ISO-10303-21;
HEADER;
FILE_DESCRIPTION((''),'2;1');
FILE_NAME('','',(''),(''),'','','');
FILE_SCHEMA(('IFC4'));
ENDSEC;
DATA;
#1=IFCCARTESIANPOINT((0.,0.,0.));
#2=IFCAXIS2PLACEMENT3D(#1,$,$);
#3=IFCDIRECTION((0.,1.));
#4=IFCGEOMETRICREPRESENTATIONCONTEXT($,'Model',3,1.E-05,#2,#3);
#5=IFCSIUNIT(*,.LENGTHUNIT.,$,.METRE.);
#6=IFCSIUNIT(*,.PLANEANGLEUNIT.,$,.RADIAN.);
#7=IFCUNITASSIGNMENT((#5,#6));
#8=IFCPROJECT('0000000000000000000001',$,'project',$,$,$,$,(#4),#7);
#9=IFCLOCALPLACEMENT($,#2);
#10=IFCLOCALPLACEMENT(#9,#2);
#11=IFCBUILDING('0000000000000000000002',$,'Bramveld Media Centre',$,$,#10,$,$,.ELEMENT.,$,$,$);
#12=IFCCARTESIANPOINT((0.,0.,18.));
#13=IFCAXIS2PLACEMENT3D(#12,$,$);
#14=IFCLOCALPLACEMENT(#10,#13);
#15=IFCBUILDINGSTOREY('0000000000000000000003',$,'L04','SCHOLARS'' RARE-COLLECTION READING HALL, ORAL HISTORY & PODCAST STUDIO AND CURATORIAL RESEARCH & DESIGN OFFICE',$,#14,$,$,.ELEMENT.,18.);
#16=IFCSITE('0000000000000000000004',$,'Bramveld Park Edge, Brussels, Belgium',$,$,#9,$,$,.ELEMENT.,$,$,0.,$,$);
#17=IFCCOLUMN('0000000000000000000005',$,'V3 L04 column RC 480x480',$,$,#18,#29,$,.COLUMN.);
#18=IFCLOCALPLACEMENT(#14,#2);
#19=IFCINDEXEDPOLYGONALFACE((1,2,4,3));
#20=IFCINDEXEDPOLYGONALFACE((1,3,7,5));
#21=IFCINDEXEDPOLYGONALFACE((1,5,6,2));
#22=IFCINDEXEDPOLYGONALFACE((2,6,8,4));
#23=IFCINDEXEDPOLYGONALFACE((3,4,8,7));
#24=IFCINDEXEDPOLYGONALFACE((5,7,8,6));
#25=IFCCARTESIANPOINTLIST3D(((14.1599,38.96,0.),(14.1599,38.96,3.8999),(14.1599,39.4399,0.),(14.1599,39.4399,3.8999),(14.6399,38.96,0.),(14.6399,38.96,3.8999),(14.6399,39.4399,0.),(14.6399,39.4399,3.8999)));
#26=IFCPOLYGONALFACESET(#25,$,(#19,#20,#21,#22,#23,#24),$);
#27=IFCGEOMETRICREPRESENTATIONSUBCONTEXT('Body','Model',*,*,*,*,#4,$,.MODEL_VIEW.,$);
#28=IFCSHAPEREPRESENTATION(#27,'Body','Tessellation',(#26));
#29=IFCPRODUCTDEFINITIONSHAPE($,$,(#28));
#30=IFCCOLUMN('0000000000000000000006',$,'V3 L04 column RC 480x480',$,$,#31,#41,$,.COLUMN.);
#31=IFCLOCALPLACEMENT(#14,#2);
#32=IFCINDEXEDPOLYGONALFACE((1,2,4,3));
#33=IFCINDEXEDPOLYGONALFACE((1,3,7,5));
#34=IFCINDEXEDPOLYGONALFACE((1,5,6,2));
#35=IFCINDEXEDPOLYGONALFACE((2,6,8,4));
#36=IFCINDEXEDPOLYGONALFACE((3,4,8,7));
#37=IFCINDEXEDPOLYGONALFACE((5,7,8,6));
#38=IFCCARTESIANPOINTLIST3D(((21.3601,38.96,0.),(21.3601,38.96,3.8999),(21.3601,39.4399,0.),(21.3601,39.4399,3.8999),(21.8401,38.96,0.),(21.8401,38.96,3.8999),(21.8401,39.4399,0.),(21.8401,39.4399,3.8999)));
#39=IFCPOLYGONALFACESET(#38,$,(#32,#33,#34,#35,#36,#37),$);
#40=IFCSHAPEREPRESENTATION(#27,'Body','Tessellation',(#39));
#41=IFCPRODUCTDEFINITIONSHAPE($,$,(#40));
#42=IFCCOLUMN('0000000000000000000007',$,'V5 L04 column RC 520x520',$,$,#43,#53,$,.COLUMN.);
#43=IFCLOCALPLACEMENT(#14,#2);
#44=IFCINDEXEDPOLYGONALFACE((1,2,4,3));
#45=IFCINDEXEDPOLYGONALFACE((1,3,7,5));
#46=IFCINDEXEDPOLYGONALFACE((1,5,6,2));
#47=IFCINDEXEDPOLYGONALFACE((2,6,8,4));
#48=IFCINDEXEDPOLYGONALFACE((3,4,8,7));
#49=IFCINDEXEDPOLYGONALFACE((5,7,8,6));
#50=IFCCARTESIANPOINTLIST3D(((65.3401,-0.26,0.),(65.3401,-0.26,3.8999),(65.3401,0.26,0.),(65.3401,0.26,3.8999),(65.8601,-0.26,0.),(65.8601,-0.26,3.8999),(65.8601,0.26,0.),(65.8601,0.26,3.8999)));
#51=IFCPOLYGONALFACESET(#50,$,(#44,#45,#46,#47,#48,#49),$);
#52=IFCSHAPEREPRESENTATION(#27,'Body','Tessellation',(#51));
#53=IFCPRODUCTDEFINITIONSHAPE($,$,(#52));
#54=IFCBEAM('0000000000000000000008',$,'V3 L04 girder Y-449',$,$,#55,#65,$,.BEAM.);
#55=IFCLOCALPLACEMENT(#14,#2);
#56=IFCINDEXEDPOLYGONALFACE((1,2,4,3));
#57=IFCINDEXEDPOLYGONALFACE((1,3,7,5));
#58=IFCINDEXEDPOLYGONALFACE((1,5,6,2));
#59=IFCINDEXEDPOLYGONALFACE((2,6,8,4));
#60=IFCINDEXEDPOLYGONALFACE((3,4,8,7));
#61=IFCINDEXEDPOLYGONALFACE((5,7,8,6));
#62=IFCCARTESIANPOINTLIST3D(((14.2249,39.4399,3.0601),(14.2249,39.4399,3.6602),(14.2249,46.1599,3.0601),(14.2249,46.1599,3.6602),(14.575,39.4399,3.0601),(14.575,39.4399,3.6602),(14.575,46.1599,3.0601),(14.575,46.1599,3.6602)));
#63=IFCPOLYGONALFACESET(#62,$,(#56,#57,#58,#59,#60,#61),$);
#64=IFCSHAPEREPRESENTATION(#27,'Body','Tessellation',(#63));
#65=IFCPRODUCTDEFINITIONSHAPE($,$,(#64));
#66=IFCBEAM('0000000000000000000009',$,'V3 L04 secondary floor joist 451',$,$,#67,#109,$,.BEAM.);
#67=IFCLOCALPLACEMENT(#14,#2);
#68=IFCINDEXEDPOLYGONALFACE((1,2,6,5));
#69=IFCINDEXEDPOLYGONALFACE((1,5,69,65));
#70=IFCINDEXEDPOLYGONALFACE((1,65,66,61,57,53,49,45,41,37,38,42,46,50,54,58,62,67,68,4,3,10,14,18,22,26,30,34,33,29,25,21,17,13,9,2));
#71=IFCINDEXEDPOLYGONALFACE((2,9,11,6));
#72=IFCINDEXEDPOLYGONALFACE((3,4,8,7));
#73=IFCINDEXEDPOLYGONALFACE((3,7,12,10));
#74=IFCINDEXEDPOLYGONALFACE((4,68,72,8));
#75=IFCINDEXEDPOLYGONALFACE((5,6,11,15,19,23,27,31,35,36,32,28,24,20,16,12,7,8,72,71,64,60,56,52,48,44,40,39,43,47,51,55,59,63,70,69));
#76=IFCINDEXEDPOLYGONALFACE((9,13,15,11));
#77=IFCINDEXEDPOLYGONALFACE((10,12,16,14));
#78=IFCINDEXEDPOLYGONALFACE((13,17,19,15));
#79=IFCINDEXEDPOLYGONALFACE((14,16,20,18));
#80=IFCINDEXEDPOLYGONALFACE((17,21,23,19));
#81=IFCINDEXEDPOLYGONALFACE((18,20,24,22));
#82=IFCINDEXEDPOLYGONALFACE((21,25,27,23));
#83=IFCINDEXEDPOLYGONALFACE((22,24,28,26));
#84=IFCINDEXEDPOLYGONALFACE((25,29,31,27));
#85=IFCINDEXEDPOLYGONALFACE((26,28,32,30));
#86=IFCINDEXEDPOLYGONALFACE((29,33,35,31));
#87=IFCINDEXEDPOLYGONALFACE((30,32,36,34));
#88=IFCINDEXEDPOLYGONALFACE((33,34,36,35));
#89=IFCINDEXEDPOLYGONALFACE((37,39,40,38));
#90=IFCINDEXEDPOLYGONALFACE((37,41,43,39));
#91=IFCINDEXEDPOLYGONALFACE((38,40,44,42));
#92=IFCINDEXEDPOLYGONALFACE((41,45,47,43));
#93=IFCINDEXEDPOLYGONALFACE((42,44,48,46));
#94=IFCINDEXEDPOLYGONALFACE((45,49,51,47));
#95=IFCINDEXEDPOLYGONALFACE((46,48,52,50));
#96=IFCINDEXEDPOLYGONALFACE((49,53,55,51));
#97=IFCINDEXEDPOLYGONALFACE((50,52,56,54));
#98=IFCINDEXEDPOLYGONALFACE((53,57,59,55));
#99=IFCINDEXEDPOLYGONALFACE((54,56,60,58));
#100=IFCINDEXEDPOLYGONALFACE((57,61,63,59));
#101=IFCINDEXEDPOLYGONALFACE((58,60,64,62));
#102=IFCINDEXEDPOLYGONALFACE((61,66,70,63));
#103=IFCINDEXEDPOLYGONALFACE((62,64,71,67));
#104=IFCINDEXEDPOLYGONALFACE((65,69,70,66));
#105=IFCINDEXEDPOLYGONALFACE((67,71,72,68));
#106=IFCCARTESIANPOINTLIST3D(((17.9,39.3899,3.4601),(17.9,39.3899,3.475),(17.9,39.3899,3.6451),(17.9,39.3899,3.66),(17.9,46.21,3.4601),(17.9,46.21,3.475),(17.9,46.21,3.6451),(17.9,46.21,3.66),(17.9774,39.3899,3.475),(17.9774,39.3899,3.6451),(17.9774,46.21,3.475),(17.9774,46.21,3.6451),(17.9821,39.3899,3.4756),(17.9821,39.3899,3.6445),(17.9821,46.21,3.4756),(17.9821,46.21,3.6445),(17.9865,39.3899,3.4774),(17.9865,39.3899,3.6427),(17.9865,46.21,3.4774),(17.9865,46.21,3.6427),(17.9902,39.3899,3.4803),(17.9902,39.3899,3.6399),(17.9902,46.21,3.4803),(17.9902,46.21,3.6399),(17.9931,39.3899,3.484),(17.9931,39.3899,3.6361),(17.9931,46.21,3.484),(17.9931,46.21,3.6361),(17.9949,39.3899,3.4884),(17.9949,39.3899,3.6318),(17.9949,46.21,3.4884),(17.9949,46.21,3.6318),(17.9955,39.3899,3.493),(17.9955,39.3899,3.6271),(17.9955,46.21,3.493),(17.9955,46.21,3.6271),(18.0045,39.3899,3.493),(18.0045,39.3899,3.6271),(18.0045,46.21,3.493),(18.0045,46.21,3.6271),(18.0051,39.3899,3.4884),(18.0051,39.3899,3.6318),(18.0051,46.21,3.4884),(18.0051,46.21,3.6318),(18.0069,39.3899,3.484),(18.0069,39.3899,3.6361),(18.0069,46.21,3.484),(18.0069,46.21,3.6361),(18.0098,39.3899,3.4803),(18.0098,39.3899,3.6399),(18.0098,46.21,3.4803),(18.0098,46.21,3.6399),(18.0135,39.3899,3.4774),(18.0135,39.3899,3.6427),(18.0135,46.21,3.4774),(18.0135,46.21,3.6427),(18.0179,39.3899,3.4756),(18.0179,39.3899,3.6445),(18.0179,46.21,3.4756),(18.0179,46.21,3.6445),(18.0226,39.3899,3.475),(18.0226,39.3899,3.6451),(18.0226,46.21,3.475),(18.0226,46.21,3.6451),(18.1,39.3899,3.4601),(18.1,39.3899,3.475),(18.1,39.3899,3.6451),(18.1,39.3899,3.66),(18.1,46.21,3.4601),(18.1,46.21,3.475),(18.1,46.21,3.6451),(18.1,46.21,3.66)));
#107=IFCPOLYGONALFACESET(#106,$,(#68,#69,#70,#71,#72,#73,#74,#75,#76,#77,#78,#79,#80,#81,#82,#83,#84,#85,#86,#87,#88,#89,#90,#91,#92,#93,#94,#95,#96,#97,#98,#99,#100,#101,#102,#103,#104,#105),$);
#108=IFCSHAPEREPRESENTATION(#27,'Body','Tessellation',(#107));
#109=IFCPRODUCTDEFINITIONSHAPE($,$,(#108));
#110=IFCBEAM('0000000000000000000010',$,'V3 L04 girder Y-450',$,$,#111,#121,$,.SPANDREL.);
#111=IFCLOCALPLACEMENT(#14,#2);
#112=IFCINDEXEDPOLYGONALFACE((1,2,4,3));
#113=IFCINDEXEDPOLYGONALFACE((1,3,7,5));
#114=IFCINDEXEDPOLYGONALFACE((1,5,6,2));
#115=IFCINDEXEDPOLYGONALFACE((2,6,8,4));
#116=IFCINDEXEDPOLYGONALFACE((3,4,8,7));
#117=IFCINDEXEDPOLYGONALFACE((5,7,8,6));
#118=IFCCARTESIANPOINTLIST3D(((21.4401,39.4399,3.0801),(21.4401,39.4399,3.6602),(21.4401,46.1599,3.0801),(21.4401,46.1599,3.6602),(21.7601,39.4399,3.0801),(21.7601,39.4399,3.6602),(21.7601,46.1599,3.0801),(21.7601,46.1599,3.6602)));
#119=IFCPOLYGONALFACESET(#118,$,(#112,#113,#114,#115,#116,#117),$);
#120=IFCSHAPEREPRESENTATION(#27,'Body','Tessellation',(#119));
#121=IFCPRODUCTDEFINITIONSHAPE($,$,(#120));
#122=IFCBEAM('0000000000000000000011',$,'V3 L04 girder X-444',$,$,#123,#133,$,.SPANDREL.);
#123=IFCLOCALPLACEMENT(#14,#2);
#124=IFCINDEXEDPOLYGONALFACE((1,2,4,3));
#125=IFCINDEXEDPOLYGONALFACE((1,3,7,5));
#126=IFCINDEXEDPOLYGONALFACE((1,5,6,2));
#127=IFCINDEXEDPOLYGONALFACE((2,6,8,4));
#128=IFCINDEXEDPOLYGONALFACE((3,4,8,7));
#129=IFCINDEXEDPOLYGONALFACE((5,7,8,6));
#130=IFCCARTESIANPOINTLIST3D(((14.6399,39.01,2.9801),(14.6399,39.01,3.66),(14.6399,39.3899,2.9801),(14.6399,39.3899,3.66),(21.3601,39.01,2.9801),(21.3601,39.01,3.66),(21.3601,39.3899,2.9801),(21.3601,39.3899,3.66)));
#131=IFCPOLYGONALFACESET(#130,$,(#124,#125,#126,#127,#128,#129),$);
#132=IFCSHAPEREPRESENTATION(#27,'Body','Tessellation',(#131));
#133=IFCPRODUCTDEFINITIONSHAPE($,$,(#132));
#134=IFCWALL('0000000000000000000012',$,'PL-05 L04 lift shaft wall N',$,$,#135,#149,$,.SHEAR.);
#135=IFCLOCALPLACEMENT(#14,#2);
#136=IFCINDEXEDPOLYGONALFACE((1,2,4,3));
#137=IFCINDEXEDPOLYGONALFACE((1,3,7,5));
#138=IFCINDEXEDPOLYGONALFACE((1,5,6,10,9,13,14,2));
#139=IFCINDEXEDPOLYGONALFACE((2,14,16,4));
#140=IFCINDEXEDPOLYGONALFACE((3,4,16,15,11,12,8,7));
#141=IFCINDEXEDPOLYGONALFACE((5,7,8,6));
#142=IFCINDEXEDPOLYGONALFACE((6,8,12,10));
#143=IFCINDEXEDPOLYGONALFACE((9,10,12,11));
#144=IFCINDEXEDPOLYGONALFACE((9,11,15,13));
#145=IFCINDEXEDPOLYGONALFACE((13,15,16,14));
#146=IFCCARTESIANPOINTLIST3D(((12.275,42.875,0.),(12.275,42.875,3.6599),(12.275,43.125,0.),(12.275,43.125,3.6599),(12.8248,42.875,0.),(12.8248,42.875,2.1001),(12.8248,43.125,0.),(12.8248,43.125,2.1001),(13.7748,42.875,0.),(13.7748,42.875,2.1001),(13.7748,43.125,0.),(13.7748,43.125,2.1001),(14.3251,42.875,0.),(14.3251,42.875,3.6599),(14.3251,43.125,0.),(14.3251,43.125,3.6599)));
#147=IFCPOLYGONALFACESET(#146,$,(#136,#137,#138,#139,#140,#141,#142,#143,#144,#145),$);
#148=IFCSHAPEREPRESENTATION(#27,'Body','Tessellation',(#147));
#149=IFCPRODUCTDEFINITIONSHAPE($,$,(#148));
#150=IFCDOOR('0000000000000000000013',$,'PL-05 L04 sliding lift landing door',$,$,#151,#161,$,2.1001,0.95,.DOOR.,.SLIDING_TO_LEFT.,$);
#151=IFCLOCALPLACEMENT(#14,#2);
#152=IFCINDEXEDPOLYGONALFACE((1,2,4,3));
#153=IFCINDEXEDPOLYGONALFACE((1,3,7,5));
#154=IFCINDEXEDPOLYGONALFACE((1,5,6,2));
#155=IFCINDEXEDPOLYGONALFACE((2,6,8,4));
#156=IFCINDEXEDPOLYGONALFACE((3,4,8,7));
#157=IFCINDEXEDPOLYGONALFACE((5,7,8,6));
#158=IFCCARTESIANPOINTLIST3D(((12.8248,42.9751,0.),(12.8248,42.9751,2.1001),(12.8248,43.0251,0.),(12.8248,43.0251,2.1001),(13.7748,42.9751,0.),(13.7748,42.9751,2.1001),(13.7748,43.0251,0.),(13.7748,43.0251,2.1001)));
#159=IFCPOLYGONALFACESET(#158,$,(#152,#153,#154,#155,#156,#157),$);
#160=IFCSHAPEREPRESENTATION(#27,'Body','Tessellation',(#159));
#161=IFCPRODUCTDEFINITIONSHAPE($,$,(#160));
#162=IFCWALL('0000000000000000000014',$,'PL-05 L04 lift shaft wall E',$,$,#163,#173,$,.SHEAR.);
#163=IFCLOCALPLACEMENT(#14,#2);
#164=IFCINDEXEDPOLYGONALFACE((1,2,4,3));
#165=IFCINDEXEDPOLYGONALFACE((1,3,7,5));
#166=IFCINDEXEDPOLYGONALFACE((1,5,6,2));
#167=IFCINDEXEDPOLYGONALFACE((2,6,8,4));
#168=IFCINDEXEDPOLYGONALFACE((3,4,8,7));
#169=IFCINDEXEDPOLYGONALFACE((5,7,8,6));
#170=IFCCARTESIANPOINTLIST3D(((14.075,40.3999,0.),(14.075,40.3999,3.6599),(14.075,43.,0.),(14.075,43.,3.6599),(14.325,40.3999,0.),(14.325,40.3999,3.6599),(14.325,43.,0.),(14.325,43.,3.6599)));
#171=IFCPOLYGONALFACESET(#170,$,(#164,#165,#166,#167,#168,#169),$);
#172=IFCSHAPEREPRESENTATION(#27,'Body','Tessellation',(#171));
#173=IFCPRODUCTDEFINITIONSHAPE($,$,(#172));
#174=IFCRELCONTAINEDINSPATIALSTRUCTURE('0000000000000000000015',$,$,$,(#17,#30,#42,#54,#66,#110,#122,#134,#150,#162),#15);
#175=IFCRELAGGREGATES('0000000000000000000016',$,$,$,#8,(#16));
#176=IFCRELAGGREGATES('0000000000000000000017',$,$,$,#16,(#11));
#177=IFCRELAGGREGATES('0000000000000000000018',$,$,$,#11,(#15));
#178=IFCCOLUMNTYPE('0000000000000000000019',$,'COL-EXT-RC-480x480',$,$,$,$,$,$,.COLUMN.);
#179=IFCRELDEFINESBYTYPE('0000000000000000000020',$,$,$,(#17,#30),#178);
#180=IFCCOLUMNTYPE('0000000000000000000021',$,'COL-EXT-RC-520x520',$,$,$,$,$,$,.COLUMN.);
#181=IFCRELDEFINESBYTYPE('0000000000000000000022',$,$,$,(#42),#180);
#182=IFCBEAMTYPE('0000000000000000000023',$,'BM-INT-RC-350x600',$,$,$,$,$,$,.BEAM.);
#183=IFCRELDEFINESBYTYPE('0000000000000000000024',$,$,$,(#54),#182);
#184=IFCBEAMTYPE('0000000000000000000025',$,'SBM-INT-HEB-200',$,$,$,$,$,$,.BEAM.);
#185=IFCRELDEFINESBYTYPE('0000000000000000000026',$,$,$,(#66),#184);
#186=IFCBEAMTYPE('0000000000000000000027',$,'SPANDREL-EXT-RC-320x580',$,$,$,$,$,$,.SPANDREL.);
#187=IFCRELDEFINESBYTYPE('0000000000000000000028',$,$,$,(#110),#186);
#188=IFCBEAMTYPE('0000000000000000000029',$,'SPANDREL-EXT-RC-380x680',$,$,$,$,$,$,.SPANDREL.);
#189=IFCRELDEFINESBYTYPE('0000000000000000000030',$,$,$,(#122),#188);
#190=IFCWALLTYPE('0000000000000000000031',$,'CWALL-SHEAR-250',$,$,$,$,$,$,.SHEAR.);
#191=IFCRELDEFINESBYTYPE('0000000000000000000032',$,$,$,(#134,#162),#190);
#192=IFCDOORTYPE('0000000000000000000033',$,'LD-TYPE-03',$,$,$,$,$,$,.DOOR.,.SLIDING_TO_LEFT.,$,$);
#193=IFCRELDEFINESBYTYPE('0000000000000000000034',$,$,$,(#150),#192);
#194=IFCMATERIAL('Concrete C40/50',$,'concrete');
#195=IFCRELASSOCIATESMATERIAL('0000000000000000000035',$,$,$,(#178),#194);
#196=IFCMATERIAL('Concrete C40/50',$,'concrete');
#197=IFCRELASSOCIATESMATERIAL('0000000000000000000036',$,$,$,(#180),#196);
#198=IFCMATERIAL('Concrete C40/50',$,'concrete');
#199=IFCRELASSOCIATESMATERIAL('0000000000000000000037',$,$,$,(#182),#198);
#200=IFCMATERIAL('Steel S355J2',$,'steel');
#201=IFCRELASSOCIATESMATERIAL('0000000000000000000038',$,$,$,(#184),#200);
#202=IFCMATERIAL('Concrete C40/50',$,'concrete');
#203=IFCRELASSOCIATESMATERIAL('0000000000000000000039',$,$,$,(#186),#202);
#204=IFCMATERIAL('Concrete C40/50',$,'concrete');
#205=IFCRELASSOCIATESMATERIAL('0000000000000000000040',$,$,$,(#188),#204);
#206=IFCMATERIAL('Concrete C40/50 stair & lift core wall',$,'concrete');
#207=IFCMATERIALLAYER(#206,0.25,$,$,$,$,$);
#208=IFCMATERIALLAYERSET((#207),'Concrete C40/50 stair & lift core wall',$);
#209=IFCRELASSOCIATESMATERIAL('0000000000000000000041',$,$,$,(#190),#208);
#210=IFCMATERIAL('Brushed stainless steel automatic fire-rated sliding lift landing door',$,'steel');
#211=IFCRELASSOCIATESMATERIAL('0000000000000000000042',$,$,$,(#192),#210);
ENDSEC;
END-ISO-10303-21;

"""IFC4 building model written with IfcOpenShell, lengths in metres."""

from ifc_helpers import new_model, si_unit, direction, frame, frame_2d, origin, origin_2d, place, context, subcontext, project, spatial, rectangle, i_section, extrude, material, layer, layer_set, material_profile, profile_set, type_object, element, fill, save


model = new_model("IFC4")

# Units and contexts
model_context = context("Model", 3, precision=1e-05, world=origin(), true_north=direction((0.0, 1.0)))
body_context = subcontext(model_context, "Body", "Model", "MODEL_VIEW")
ifc_project = project(units=[si_unit("LENGTHUNIT", "METRE"), si_unit("PLANEANGLEUNIT", "RADIAN")], contexts=[model_context])

# Site, building, storey
site_placement = place(None, origin())
site = spatial("IfcSite", under=ifc_project, at=site_placement, Name="Bramveld Park Edge, Brussels, Belgium", CompositionType="ELEMENT", RefElevation=0.0)
building_placement = place(site_placement, origin())
building = spatial("IfcBuilding", under=site, at=building_placement, Name="Bramveld Media Centre", CompositionType="ELEMENT")
storey_placement = place(building_placement, frame((0.0, 0.0, 18.0)))
storey = spatial("IfcBuildingStorey", under=building, at=storey_placement, Name="L04", Description="SCHOLARS' RARE-COLLECTION READING HALL, ORAL HISTORY & PODCAST STUDIO AND CURATORIAL RESEARCH & DESIGN OFFICE", CompositionType="ELEMENT", Elevation=18.0)

# Columns
ifc_material_1 = material(Name="Concrete C40/50", Category="concrete")
ifc_material_profile_1 = material_profile(ifc_material_1, rectangle(XDim=0.48, YDim=0.48, at=origin_2d()), Name="RC 480x480")
ifc_profile_set_1 = profile_set([ifc_material_profile_1], Name="Concrete C40/50")
column_type_1 = type_object("IfcColumnType", Name="COL-EXT-RC-480x480", PredefinedType="COLUMN", material=ifc_profile_set_1)
for number, where, z_axis, x_axis, name in (
    (1, (14.3999, 39.2, 0.0), (0.0, 0.0, 1.0), (1.0, 0.0, 0.0), "V3 L04 column RC 480x480"),
    (2, (21.6001, 39.2, 0.0), (0.0, 0.0, 1.0), (1.0, 0.0, 0.0), "V3 L04 column RC 480x480"),
):
    element("IfcColumn", number, at=place(storey_placement, frame(where, z_axis=z_axis, x_axis=x_axis)), inside=storey, type_object=column_type_1, Name=name, PredefinedType="COLUMN", context=body_context, shape_type="SweptSolid", body=[
        extrude(rectangle(XDim=0.48, YDim=0.48, at=origin_2d()), origin(), (0.0, 0.0, 1.0), 3.8999),
    ])
ifc_material_2 = material(Name="Concrete C40/50", Category="concrete")
ifc_material_profile_2 = material_profile(ifc_material_2, rectangle(XDim=0.52, YDim=0.52, at=origin_2d()), Name="RC 520x520")
ifc_profile_set_2 = profile_set([ifc_material_profile_2], Name="Concrete C40/50")
column_type_2 = type_object("IfcColumnType", Name="COL-EXT-RC-520x520", PredefinedType="COLUMN", material=ifc_profile_set_2)
column_placement = place(storey_placement, frame((65.6001, 0.0, 0.0), z_axis=(0.0, 0.0, 1.0), x_axis=(1.0, 0.0, 0.0)))
element("IfcColumn", 3, at=column_placement, inside=storey, type_object=column_type_2, Name="V5 L04 column RC 520x520", PredefinedType="COLUMN", context=body_context, shape_type="SweptSolid", body=[
    extrude(rectangle(XDim=0.52, YDim=0.52, at=origin_2d()), origin(), (0.0, 0.0, 1.0), 3.8999),
])

# Beams
ifc_material_3 = material(Name="Concrete C40/50", Category="concrete")
ifc_material_profile_3 = material_profile(ifc_material_3, rectangle(XDim=0.3501, YDim=0.6001, at=origin_2d()), Name="RC 350x600")
ifc_profile_set_3 = profile_set([ifc_material_profile_3], Name="Concrete C40/50")
beam_type_1 = type_object("IfcBeamType", Name="BM-INT-RC-350x600", PredefinedType="BEAM", material=ifc_profile_set_3)
beam_1_placement = place(storey_placement, frame((14.3999, 39.4399, 3.3601), z_axis=(0.0, 1.0, 0.0), x_axis=(-1.0, 0.0, 0.0)))
element("IfcBeam", 4, at=beam_1_placement, inside=storey, type_object=beam_type_1, Name="V3 L04 girder Y-449", PredefinedType="BEAM", context=body_context, shape_type="SweptSolid", body=[
    extrude(rectangle(XDim=0.3501, YDim=0.6001, at=origin_2d()), origin(), (0.0, 0.0, 1.0), 6.72),
])
ifc_material_4 = material(Name="Steel S355J2", Category="steel")
ifc_material_profile_4 = material_profile(ifc_material_4, i_section(OverallWidth=0.2, OverallDepth=0.2, WebThickness=0.009, FlangeThickness=0.0149, FilletRadius=0.0181, at=origin_2d()), Name="HEB 200")
ifc_profile_set_4 = profile_set([ifc_material_profile_4], Name="Steel S355J2")
beam_type_2 = type_object("IfcBeamType", Name="SBM-INT-HEB-200", PredefinedType="BEAM", material=ifc_profile_set_4)
beam_2_placement = place(storey_placement, frame((18.0, 39.3899, 3.5601), z_axis=(0.0, 1.0, 0.0), x_axis=(-1.0, 0.0, 0.0)))
element("IfcBeam", 5, at=beam_2_placement, inside=storey, type_object=beam_type_2, Name="V3 L04 secondary floor joist 451", PredefinedType="BEAM", context=body_context, shape_type="SweptSolid", body=[
    extrude(i_section(OverallWidth=0.2, OverallDepth=0.2, WebThickness=0.009, FlangeThickness=0.0149, FilletRadius=0.0181, at=origin_2d()), origin(), (0.0, 0.0, 1.0), 6.8201),
])
ifc_material_5 = material(Name="Concrete C40/50", Category="concrete")
ifc_material_profile_5 = material_profile(ifc_material_5, rectangle(XDim=0.3201, YDim=0.5801, at=origin_2d()), Name="RC 320x580")
ifc_profile_set_5 = profile_set([ifc_material_profile_5], Name="Concrete C40/50")
beam_type_3 = type_object("IfcBeamType", Name="SPANDREL-EXT-RC-320x580", PredefinedType="SPANDREL", material=ifc_profile_set_5)
beam_3_placement = place(storey_placement, frame((21.6001, 39.4399, 3.3701), z_axis=(0.0, 1.0, 0.0), x_axis=(-1.0, 0.0, 0.0)))
element("IfcBeam", 6, at=beam_3_placement, inside=storey, type_object=beam_type_3, Name="V3 L04 girder Y-450", PredefinedType="SPANDREL", context=body_context, shape_type="SweptSolid", body=[
    extrude(rectangle(XDim=0.3201, YDim=0.5801, at=origin_2d()), origin(), (0.0, 0.0, 1.0), 6.72),
])
ifc_material_6 = material(Name="Concrete C40/50", Category="concrete")
ifc_material_profile_6 = material_profile(ifc_material_6, rectangle(XDim=0.3799, YDim=0.6799, at=origin_2d()), Name="RC 380x680")
ifc_profile_set_6 = profile_set([ifc_material_profile_6], Name="Concrete C40/50")
beam_type_4 = type_object("IfcBeamType", Name="SPANDREL-EXT-RC-380x680", PredefinedType="SPANDREL", material=ifc_profile_set_6)
beam_4_placement = place(storey_placement, frame((14.6399, 39.2, 3.3201), z_axis=(1.0, 0.0, 0.0), x_axis=(0.0, 1.0, 0.0)))
element("IfcBeam", 7, at=beam_4_placement, inside=storey, type_object=beam_type_4, Name="V3 L04 girder X-444", PredefinedType="SPANDREL", context=body_context, shape_type="SweptSolid", body=[
    extrude(rectangle(XDim=0.3799, YDim=0.6799, at=origin_2d()), origin(), (0.0, 0.0, 1.0), 6.7202),
])

# Wall, opening, door
ifc_material_7 = material(Name="Concrete C40/50 stair & lift core wall", Category="concrete")
ifc_layer_1 = layer(ifc_material_7, 0.25)
ifc_layer_set_1 = layer_set([ifc_layer_1], Name="Concrete C40/50 stair & lift core wall")
wall_type_1 = type_object("IfcWallType", Name="CWALL-SHEAR-250", PredefinedType="SHEAR", material=ifc_layer_set_1)
wall_1_placement = place(storey_placement, frame((14.325, 43.0, 0.0), z_axis=(0.0, 0.0, 1.0), x_axis=(-1.0, 0.0, 0.0)))
wall_1 = element("IfcWall", 8, at=wall_1_placement, inside=storey, type_object=wall_type_1, Name="PL-05 L04 lift shaft wall N", PredefinedType="SHEAR", context=body_context, shape_type="SweptSolid", body=[
    extrude(rectangle(XDim=2.05, YDim=0.25, at=frame_2d((1.0249, 0.0))), origin(), (0.0, 0.0, 1.0), 3.6599),
])
opening_1_placement = place(wall_1_placement, frame((0.55, 0.0, 0.0)))
opening_1 = element("IfcOpeningElement", 9, at=opening_1_placement, cuts=wall_1, PredefinedType="OPENING", context=body_context, shape_type="SweptSolid", body=[
    extrude(rectangle(XDim=0.95, YDim=2.1001, at=frame_2d((0.4751, 1.05))), frame((0.0, 0.137, 0.0), z_axis=(0.0, -1.0, 0.0), x_axis=(1.0, 0.0, 0.0)), (0.0, 0.0, 1.0), 0.2739),
])
ifc_material_8 = material(Name="Brushed stainless steel automatic fire-rated sliding lift landing door", Category="steel")
door_type_1 = type_object("IfcDoorType", Name="LD-TYPE-03", OperationType="SLIDING_TO_LEFT", PredefinedType="DOOR", material=ifc_material_8)
door_1_placement = place(opening_1_placement, origin())
door_1 = element("IfcDoor", 10, at=door_1_placement, inside=storey, type_object=door_type_1, Name="PL-05 L04 sliding lift landing door", OperationType="SLIDING_TO_LEFT", OverallHeight=2.1001, OverallWidth=0.95, PredefinedType="DOOR", context=body_context, shape_type="SweptSolid", body=[
    extrude(rectangle(XDim=0.95, YDim=2.1001, at=frame_2d((0.4751, 1.05))), frame((0.0, 0.0249, 0.0), z_axis=(0.0, -1.0, 0.0), x_axis=(1.0, 0.0, 0.0)), (0.0, 0.0, 1.0), 0.05),
])
fill(opening_1, door_1)

# Wall
wall_2_placement = place(storey_placement, frame((14.2, 40.3999, 0.0), z_axis=(0.0, 0.0, 1.0), x_axis=(0.0, 1.0, 0.0)))
element("IfcWall", 11, at=wall_2_placement, inside=storey, type_object=wall_type_1, Name="PL-05 L04 lift shaft wall E", PredefinedType="SHEAR", context=body_context, shape_type="SweptSolid", body=[
    extrude(rectangle(XDim=2.6001, YDim=0.25, at=frame_2d((1.3, 0.0))), origin(), (0.0, 0.0, 1.0), 3.6599),
])

save(model, "model.ifc")
